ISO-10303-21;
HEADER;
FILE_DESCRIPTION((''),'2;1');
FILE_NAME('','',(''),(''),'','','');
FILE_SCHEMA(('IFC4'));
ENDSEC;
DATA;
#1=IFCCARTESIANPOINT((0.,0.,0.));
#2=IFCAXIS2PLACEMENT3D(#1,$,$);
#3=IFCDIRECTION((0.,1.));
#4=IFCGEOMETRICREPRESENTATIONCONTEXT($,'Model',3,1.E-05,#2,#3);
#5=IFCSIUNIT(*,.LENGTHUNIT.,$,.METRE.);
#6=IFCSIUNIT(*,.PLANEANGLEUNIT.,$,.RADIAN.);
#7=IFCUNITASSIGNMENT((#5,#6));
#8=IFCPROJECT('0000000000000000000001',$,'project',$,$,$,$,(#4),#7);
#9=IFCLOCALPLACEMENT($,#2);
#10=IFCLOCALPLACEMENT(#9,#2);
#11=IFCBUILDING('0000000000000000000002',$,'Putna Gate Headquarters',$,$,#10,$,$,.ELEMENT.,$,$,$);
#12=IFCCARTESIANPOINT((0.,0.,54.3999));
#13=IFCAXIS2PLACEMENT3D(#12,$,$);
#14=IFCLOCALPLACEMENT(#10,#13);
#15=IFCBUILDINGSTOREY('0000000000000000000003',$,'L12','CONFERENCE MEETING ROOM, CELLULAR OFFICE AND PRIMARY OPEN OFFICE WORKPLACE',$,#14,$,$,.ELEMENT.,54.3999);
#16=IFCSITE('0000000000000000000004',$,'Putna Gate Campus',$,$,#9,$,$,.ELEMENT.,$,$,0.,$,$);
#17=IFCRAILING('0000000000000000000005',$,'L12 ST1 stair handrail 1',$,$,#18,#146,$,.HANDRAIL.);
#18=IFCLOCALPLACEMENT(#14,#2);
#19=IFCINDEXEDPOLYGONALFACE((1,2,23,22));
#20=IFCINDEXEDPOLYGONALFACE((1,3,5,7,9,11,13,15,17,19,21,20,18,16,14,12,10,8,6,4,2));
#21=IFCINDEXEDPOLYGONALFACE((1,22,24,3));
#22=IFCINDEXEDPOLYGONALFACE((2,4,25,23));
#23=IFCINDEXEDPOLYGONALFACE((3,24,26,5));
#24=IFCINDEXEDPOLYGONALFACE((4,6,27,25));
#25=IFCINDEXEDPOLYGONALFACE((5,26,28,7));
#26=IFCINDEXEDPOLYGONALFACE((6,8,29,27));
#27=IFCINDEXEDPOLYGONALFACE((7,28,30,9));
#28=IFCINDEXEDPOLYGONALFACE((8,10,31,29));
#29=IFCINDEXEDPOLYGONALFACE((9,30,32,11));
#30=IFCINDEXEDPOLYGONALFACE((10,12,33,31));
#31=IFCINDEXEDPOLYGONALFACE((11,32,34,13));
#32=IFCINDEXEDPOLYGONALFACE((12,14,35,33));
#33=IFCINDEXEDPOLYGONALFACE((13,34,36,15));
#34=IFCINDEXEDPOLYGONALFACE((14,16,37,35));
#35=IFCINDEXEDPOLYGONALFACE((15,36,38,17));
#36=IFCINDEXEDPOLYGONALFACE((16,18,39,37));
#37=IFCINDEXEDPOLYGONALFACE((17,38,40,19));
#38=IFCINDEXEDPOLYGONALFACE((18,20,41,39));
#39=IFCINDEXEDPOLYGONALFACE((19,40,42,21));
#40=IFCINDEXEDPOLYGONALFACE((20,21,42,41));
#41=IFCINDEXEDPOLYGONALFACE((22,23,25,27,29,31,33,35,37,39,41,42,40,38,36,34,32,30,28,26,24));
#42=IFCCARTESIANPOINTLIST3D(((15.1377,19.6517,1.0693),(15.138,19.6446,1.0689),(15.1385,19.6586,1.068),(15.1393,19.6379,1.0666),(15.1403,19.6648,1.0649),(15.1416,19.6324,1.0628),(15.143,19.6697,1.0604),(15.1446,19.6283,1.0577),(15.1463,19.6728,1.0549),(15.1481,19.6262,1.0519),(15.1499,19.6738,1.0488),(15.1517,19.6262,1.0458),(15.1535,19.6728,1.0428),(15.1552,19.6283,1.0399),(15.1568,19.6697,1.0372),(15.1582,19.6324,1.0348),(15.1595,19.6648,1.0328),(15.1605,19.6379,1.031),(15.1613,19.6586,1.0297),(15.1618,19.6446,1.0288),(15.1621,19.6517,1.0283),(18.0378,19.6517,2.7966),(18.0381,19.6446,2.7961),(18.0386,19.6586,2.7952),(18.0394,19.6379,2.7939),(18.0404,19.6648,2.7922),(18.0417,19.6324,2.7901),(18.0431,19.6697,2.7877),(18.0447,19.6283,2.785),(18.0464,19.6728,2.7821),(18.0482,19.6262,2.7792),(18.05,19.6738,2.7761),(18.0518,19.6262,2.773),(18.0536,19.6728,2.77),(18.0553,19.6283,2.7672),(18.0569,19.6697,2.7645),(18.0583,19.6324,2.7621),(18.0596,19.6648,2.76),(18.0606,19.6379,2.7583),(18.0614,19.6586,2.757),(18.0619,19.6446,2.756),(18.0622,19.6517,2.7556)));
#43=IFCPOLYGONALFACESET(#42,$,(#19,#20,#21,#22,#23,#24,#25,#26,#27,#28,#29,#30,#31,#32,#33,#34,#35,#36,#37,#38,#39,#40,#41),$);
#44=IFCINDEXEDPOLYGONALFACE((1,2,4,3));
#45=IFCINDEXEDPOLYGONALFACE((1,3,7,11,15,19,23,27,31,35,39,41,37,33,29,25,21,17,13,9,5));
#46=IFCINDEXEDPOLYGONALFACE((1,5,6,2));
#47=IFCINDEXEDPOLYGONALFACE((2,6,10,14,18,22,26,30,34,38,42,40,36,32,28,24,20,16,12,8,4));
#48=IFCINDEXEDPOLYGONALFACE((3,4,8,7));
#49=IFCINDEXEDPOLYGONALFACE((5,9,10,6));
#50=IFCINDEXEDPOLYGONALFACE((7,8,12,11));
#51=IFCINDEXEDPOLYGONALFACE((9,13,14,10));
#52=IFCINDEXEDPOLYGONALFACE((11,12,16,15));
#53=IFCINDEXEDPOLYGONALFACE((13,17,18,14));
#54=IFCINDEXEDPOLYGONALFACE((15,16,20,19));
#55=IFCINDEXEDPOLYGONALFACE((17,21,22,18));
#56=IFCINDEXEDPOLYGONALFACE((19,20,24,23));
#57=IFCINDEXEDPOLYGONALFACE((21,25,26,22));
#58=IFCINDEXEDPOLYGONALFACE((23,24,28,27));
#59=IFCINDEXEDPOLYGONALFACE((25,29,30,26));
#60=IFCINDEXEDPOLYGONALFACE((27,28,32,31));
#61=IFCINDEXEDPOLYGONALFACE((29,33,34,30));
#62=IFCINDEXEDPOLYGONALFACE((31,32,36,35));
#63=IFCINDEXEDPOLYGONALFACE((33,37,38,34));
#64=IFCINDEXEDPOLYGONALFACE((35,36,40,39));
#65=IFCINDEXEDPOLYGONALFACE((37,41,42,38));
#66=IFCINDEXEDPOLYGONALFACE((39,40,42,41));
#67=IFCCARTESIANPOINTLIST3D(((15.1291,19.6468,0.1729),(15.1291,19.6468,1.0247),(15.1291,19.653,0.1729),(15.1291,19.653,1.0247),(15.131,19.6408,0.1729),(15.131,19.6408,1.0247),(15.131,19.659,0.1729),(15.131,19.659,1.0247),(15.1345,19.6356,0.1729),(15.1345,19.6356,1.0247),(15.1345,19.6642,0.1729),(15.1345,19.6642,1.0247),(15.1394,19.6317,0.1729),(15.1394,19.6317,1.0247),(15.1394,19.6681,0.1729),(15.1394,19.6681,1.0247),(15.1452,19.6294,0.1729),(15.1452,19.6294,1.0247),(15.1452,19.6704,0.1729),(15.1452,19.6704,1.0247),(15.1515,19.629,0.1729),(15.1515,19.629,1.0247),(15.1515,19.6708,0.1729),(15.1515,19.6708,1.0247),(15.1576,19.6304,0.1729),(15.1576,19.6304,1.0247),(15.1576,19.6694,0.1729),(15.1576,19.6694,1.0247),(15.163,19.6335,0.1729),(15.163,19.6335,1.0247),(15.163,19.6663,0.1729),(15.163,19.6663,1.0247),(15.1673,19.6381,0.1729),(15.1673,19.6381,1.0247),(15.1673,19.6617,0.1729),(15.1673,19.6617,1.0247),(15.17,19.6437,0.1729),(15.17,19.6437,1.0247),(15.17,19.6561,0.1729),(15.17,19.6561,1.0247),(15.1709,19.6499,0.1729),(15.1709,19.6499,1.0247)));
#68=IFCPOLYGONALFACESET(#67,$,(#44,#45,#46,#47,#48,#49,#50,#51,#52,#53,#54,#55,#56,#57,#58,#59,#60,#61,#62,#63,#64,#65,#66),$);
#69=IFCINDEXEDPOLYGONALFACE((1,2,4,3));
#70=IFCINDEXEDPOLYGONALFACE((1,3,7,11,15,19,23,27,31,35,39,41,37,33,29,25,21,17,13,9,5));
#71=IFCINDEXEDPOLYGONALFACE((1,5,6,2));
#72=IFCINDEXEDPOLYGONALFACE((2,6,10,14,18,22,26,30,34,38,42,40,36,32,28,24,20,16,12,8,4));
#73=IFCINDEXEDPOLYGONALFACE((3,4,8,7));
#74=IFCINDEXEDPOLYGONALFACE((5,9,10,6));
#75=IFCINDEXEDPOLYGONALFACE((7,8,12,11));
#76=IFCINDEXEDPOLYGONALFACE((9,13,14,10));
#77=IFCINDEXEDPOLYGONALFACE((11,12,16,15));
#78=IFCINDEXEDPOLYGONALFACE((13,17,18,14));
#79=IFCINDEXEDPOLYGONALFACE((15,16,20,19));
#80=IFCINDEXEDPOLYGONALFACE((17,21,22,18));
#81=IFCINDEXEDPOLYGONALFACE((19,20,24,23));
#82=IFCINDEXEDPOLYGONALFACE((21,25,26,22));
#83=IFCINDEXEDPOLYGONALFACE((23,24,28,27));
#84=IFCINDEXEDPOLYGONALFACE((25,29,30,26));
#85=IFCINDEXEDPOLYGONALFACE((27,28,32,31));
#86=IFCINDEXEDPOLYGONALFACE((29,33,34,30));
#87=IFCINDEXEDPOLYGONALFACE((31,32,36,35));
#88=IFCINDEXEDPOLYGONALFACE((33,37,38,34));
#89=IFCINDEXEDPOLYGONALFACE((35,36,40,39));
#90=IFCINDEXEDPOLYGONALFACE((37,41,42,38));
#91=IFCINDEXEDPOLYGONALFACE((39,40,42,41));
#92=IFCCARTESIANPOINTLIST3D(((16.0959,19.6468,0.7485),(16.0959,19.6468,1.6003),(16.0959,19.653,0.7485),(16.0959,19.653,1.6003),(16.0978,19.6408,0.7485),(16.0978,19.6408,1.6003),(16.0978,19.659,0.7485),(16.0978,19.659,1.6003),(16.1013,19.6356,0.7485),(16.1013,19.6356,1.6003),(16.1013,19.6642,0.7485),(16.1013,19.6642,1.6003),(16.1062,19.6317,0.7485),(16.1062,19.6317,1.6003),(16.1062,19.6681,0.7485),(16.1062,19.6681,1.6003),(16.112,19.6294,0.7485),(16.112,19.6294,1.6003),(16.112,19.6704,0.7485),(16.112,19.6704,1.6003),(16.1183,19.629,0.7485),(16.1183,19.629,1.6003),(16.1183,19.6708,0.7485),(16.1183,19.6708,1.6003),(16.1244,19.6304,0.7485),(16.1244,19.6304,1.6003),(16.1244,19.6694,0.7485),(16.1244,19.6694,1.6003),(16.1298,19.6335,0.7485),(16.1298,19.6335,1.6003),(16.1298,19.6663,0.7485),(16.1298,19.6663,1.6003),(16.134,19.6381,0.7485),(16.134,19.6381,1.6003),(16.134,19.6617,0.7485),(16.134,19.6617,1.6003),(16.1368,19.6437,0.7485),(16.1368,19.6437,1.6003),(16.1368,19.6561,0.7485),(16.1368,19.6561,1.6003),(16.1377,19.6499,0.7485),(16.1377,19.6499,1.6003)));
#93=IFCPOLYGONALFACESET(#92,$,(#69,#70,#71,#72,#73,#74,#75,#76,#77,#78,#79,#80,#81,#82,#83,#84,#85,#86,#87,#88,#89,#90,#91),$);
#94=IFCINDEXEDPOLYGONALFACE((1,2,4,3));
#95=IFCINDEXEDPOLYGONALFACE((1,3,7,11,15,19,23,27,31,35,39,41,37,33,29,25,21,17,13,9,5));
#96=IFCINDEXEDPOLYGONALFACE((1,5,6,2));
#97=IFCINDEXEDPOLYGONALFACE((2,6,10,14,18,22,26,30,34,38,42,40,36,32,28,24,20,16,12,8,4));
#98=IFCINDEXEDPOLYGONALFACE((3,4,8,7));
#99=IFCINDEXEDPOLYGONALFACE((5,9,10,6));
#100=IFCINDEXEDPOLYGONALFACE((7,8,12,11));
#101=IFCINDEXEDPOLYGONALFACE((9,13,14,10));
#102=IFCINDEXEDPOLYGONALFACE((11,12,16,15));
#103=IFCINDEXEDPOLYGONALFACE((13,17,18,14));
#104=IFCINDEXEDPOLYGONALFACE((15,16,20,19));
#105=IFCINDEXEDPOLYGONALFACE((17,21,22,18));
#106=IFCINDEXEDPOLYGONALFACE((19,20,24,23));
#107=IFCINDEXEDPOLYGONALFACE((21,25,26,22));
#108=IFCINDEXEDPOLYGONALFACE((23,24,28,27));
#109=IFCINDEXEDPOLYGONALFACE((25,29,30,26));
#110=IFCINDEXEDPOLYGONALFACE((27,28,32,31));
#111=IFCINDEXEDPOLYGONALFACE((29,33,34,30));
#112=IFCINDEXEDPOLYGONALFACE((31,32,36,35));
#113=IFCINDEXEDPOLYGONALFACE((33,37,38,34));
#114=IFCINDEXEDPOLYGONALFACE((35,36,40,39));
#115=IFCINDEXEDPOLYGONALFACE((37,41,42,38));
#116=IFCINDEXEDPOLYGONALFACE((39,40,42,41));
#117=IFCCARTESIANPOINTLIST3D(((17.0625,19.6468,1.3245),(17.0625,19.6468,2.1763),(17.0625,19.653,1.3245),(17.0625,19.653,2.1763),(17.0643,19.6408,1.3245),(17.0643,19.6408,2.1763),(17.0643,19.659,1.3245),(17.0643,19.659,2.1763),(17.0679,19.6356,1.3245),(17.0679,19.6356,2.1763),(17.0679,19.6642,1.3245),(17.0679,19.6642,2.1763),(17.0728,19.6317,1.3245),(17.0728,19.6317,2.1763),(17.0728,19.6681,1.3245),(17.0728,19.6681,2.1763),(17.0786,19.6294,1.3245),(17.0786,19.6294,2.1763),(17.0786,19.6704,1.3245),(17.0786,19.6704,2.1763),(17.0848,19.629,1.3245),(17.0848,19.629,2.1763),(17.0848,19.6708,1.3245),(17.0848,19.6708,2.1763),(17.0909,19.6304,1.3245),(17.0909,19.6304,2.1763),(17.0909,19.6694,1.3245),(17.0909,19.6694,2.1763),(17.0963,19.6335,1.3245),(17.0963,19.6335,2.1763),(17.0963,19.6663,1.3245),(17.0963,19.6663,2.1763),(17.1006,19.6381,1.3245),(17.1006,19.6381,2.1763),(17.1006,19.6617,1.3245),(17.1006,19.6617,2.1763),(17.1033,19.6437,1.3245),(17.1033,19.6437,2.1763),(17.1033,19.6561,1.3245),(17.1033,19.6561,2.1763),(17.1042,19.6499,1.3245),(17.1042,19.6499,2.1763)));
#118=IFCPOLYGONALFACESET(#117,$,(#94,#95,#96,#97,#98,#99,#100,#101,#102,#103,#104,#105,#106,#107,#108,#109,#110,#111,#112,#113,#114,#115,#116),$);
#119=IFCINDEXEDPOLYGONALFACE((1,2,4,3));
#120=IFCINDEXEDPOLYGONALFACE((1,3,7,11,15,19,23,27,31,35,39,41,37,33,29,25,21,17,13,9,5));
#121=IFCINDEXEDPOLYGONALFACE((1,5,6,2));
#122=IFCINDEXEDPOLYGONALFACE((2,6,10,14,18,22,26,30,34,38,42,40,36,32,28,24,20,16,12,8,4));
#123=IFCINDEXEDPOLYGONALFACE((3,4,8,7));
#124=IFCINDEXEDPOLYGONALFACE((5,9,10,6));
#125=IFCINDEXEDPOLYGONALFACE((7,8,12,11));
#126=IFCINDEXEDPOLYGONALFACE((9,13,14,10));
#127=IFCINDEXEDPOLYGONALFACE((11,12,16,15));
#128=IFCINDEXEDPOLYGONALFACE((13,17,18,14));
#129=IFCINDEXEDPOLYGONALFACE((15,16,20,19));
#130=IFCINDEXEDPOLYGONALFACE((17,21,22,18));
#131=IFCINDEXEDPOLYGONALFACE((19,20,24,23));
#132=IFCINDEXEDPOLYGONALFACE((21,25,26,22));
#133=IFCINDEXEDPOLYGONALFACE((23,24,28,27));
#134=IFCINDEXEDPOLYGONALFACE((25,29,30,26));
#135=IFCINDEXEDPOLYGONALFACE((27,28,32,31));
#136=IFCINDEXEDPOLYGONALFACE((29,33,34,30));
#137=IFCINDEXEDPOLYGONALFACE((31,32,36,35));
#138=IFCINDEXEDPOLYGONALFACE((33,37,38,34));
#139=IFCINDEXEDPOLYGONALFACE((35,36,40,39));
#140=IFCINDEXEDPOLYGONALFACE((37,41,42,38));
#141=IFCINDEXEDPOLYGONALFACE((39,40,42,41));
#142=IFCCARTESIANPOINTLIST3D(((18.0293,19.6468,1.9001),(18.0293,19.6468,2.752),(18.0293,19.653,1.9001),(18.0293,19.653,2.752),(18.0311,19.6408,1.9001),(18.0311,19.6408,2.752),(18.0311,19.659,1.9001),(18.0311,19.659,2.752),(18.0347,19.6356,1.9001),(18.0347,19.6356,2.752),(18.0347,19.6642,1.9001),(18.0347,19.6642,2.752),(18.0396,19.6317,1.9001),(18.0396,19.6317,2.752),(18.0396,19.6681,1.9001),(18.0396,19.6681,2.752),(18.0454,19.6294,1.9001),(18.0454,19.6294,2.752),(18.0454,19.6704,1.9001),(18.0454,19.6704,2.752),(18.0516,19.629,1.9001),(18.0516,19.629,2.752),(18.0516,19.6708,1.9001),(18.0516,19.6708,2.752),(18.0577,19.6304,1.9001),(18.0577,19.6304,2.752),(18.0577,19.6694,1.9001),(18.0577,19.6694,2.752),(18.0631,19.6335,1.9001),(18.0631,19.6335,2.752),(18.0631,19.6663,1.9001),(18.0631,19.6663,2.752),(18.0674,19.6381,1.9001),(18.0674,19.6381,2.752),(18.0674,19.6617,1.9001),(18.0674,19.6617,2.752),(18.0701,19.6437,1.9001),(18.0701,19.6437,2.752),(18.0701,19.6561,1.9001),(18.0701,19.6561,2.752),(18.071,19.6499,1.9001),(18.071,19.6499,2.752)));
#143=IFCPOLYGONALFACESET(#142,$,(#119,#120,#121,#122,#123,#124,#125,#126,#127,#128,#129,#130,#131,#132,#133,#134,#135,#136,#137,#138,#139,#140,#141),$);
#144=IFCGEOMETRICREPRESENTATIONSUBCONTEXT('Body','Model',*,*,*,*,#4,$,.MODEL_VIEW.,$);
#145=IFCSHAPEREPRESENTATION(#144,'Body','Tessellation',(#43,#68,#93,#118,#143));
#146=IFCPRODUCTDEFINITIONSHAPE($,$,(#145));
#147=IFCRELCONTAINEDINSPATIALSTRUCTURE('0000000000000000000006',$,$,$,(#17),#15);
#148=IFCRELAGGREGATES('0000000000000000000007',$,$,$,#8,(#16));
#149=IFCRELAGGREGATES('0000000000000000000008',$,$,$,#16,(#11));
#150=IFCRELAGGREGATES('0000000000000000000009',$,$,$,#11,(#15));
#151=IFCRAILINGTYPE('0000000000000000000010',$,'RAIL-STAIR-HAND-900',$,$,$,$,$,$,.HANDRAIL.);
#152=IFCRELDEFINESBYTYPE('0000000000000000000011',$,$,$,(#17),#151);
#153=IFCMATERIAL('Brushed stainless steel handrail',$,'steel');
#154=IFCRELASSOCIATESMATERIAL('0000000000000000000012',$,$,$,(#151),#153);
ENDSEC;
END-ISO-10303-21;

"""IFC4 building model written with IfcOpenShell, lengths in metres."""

from ifc_helpers import new_model, si_unit, direction, frame, origin, origin_2d, place, context, subcontext, project, spatial, circle, extrude, material, type_object, element, save


model = new_model("IFC4")

# Units and contexts
model_context = context("Model", 3, precision=1e-05, world=origin(), true_north=direction((0.0, 1.0)))
body_context = subcontext(model_context, "Body", "Model", "MODEL_VIEW")
ifc_project = project(units=[si_unit("LENGTHUNIT", "METRE"), si_unit("PLANEANGLEUNIT", "RADIAN")], contexts=[model_context])

# Site, building, storey
site_placement = place(None, origin())
site = spatial("IfcSite", under=ifc_project, at=site_placement, Name="Putna Gate Campus", CompositionType="ELEMENT", RefElevation=0.0)
building_placement = place(site_placement, origin())
building = spatial("IfcBuilding", under=site, at=building_placement, Name="Putna Gate Headquarters", CompositionType="ELEMENT")
storey_placement = place(building_placement, frame((0.0, 0.0, 54.3999)))
storey = spatial("IfcBuildingStorey", under=building, at=storey_placement, Name="L12", Description="CONFERENCE MEETING ROOM, CELLULAR OFFICE AND PRIMARY OPEN OFFICE WORKPLACE", CompositionType="ELEMENT", Elevation=54.3999)

# Railing
ifc_material_1 = material(Name="Brushed stainless steel handrail", Category="steel")
railing_type_1 = type_object("IfcRailingType", Name="RAIL-STAIR-HAND-900", PredefinedType="HANDRAIL", material=ifc_material_1)
railing_1_placement = place(storey_placement, frame((15.1499, 19.6499, 0.1729)))
element("IfcRailing", 1, at=railing_1_placement, inside=storey, type_object=railing_type_1, Name="L12 ST1 stair handrail 1", PredefinedType="HANDRAIL", context=body_context, shape_type="SweptSolid", body=[
    extrude(circle(Radius=0.0239, at=origin_2d()), frame((0.0, 0.0, 0.876), z_axis=(0.85916, 0.0, 0.511706), x_axis=(0.0, 1.0, 0.0)), (0.0, 0.0, 1.0), 3.3755),
    extrude(circle(Radius=0.021, at=origin_2d()), origin(), (0.0, 0.0, 1.0), 0.8518),
    extrude(circle(Radius=0.021, at=origin_2d()), frame((0.9668, 0.0, 0.5757)), (0.0, 0.0, 1.0), 0.8518),
    extrude(circle(Radius=0.021, at=origin_2d()), frame((1.9333, 0.0, 1.1516)), (0.0, 0.0, 1.0), 0.8518),
    extrude(circle(Radius=0.021, at=origin_2d()), frame((2.9001, 0.0, 1.7273)), (0.0, 0.0, 1.0), 0.8518),
])

save(model, "model.ifc")
